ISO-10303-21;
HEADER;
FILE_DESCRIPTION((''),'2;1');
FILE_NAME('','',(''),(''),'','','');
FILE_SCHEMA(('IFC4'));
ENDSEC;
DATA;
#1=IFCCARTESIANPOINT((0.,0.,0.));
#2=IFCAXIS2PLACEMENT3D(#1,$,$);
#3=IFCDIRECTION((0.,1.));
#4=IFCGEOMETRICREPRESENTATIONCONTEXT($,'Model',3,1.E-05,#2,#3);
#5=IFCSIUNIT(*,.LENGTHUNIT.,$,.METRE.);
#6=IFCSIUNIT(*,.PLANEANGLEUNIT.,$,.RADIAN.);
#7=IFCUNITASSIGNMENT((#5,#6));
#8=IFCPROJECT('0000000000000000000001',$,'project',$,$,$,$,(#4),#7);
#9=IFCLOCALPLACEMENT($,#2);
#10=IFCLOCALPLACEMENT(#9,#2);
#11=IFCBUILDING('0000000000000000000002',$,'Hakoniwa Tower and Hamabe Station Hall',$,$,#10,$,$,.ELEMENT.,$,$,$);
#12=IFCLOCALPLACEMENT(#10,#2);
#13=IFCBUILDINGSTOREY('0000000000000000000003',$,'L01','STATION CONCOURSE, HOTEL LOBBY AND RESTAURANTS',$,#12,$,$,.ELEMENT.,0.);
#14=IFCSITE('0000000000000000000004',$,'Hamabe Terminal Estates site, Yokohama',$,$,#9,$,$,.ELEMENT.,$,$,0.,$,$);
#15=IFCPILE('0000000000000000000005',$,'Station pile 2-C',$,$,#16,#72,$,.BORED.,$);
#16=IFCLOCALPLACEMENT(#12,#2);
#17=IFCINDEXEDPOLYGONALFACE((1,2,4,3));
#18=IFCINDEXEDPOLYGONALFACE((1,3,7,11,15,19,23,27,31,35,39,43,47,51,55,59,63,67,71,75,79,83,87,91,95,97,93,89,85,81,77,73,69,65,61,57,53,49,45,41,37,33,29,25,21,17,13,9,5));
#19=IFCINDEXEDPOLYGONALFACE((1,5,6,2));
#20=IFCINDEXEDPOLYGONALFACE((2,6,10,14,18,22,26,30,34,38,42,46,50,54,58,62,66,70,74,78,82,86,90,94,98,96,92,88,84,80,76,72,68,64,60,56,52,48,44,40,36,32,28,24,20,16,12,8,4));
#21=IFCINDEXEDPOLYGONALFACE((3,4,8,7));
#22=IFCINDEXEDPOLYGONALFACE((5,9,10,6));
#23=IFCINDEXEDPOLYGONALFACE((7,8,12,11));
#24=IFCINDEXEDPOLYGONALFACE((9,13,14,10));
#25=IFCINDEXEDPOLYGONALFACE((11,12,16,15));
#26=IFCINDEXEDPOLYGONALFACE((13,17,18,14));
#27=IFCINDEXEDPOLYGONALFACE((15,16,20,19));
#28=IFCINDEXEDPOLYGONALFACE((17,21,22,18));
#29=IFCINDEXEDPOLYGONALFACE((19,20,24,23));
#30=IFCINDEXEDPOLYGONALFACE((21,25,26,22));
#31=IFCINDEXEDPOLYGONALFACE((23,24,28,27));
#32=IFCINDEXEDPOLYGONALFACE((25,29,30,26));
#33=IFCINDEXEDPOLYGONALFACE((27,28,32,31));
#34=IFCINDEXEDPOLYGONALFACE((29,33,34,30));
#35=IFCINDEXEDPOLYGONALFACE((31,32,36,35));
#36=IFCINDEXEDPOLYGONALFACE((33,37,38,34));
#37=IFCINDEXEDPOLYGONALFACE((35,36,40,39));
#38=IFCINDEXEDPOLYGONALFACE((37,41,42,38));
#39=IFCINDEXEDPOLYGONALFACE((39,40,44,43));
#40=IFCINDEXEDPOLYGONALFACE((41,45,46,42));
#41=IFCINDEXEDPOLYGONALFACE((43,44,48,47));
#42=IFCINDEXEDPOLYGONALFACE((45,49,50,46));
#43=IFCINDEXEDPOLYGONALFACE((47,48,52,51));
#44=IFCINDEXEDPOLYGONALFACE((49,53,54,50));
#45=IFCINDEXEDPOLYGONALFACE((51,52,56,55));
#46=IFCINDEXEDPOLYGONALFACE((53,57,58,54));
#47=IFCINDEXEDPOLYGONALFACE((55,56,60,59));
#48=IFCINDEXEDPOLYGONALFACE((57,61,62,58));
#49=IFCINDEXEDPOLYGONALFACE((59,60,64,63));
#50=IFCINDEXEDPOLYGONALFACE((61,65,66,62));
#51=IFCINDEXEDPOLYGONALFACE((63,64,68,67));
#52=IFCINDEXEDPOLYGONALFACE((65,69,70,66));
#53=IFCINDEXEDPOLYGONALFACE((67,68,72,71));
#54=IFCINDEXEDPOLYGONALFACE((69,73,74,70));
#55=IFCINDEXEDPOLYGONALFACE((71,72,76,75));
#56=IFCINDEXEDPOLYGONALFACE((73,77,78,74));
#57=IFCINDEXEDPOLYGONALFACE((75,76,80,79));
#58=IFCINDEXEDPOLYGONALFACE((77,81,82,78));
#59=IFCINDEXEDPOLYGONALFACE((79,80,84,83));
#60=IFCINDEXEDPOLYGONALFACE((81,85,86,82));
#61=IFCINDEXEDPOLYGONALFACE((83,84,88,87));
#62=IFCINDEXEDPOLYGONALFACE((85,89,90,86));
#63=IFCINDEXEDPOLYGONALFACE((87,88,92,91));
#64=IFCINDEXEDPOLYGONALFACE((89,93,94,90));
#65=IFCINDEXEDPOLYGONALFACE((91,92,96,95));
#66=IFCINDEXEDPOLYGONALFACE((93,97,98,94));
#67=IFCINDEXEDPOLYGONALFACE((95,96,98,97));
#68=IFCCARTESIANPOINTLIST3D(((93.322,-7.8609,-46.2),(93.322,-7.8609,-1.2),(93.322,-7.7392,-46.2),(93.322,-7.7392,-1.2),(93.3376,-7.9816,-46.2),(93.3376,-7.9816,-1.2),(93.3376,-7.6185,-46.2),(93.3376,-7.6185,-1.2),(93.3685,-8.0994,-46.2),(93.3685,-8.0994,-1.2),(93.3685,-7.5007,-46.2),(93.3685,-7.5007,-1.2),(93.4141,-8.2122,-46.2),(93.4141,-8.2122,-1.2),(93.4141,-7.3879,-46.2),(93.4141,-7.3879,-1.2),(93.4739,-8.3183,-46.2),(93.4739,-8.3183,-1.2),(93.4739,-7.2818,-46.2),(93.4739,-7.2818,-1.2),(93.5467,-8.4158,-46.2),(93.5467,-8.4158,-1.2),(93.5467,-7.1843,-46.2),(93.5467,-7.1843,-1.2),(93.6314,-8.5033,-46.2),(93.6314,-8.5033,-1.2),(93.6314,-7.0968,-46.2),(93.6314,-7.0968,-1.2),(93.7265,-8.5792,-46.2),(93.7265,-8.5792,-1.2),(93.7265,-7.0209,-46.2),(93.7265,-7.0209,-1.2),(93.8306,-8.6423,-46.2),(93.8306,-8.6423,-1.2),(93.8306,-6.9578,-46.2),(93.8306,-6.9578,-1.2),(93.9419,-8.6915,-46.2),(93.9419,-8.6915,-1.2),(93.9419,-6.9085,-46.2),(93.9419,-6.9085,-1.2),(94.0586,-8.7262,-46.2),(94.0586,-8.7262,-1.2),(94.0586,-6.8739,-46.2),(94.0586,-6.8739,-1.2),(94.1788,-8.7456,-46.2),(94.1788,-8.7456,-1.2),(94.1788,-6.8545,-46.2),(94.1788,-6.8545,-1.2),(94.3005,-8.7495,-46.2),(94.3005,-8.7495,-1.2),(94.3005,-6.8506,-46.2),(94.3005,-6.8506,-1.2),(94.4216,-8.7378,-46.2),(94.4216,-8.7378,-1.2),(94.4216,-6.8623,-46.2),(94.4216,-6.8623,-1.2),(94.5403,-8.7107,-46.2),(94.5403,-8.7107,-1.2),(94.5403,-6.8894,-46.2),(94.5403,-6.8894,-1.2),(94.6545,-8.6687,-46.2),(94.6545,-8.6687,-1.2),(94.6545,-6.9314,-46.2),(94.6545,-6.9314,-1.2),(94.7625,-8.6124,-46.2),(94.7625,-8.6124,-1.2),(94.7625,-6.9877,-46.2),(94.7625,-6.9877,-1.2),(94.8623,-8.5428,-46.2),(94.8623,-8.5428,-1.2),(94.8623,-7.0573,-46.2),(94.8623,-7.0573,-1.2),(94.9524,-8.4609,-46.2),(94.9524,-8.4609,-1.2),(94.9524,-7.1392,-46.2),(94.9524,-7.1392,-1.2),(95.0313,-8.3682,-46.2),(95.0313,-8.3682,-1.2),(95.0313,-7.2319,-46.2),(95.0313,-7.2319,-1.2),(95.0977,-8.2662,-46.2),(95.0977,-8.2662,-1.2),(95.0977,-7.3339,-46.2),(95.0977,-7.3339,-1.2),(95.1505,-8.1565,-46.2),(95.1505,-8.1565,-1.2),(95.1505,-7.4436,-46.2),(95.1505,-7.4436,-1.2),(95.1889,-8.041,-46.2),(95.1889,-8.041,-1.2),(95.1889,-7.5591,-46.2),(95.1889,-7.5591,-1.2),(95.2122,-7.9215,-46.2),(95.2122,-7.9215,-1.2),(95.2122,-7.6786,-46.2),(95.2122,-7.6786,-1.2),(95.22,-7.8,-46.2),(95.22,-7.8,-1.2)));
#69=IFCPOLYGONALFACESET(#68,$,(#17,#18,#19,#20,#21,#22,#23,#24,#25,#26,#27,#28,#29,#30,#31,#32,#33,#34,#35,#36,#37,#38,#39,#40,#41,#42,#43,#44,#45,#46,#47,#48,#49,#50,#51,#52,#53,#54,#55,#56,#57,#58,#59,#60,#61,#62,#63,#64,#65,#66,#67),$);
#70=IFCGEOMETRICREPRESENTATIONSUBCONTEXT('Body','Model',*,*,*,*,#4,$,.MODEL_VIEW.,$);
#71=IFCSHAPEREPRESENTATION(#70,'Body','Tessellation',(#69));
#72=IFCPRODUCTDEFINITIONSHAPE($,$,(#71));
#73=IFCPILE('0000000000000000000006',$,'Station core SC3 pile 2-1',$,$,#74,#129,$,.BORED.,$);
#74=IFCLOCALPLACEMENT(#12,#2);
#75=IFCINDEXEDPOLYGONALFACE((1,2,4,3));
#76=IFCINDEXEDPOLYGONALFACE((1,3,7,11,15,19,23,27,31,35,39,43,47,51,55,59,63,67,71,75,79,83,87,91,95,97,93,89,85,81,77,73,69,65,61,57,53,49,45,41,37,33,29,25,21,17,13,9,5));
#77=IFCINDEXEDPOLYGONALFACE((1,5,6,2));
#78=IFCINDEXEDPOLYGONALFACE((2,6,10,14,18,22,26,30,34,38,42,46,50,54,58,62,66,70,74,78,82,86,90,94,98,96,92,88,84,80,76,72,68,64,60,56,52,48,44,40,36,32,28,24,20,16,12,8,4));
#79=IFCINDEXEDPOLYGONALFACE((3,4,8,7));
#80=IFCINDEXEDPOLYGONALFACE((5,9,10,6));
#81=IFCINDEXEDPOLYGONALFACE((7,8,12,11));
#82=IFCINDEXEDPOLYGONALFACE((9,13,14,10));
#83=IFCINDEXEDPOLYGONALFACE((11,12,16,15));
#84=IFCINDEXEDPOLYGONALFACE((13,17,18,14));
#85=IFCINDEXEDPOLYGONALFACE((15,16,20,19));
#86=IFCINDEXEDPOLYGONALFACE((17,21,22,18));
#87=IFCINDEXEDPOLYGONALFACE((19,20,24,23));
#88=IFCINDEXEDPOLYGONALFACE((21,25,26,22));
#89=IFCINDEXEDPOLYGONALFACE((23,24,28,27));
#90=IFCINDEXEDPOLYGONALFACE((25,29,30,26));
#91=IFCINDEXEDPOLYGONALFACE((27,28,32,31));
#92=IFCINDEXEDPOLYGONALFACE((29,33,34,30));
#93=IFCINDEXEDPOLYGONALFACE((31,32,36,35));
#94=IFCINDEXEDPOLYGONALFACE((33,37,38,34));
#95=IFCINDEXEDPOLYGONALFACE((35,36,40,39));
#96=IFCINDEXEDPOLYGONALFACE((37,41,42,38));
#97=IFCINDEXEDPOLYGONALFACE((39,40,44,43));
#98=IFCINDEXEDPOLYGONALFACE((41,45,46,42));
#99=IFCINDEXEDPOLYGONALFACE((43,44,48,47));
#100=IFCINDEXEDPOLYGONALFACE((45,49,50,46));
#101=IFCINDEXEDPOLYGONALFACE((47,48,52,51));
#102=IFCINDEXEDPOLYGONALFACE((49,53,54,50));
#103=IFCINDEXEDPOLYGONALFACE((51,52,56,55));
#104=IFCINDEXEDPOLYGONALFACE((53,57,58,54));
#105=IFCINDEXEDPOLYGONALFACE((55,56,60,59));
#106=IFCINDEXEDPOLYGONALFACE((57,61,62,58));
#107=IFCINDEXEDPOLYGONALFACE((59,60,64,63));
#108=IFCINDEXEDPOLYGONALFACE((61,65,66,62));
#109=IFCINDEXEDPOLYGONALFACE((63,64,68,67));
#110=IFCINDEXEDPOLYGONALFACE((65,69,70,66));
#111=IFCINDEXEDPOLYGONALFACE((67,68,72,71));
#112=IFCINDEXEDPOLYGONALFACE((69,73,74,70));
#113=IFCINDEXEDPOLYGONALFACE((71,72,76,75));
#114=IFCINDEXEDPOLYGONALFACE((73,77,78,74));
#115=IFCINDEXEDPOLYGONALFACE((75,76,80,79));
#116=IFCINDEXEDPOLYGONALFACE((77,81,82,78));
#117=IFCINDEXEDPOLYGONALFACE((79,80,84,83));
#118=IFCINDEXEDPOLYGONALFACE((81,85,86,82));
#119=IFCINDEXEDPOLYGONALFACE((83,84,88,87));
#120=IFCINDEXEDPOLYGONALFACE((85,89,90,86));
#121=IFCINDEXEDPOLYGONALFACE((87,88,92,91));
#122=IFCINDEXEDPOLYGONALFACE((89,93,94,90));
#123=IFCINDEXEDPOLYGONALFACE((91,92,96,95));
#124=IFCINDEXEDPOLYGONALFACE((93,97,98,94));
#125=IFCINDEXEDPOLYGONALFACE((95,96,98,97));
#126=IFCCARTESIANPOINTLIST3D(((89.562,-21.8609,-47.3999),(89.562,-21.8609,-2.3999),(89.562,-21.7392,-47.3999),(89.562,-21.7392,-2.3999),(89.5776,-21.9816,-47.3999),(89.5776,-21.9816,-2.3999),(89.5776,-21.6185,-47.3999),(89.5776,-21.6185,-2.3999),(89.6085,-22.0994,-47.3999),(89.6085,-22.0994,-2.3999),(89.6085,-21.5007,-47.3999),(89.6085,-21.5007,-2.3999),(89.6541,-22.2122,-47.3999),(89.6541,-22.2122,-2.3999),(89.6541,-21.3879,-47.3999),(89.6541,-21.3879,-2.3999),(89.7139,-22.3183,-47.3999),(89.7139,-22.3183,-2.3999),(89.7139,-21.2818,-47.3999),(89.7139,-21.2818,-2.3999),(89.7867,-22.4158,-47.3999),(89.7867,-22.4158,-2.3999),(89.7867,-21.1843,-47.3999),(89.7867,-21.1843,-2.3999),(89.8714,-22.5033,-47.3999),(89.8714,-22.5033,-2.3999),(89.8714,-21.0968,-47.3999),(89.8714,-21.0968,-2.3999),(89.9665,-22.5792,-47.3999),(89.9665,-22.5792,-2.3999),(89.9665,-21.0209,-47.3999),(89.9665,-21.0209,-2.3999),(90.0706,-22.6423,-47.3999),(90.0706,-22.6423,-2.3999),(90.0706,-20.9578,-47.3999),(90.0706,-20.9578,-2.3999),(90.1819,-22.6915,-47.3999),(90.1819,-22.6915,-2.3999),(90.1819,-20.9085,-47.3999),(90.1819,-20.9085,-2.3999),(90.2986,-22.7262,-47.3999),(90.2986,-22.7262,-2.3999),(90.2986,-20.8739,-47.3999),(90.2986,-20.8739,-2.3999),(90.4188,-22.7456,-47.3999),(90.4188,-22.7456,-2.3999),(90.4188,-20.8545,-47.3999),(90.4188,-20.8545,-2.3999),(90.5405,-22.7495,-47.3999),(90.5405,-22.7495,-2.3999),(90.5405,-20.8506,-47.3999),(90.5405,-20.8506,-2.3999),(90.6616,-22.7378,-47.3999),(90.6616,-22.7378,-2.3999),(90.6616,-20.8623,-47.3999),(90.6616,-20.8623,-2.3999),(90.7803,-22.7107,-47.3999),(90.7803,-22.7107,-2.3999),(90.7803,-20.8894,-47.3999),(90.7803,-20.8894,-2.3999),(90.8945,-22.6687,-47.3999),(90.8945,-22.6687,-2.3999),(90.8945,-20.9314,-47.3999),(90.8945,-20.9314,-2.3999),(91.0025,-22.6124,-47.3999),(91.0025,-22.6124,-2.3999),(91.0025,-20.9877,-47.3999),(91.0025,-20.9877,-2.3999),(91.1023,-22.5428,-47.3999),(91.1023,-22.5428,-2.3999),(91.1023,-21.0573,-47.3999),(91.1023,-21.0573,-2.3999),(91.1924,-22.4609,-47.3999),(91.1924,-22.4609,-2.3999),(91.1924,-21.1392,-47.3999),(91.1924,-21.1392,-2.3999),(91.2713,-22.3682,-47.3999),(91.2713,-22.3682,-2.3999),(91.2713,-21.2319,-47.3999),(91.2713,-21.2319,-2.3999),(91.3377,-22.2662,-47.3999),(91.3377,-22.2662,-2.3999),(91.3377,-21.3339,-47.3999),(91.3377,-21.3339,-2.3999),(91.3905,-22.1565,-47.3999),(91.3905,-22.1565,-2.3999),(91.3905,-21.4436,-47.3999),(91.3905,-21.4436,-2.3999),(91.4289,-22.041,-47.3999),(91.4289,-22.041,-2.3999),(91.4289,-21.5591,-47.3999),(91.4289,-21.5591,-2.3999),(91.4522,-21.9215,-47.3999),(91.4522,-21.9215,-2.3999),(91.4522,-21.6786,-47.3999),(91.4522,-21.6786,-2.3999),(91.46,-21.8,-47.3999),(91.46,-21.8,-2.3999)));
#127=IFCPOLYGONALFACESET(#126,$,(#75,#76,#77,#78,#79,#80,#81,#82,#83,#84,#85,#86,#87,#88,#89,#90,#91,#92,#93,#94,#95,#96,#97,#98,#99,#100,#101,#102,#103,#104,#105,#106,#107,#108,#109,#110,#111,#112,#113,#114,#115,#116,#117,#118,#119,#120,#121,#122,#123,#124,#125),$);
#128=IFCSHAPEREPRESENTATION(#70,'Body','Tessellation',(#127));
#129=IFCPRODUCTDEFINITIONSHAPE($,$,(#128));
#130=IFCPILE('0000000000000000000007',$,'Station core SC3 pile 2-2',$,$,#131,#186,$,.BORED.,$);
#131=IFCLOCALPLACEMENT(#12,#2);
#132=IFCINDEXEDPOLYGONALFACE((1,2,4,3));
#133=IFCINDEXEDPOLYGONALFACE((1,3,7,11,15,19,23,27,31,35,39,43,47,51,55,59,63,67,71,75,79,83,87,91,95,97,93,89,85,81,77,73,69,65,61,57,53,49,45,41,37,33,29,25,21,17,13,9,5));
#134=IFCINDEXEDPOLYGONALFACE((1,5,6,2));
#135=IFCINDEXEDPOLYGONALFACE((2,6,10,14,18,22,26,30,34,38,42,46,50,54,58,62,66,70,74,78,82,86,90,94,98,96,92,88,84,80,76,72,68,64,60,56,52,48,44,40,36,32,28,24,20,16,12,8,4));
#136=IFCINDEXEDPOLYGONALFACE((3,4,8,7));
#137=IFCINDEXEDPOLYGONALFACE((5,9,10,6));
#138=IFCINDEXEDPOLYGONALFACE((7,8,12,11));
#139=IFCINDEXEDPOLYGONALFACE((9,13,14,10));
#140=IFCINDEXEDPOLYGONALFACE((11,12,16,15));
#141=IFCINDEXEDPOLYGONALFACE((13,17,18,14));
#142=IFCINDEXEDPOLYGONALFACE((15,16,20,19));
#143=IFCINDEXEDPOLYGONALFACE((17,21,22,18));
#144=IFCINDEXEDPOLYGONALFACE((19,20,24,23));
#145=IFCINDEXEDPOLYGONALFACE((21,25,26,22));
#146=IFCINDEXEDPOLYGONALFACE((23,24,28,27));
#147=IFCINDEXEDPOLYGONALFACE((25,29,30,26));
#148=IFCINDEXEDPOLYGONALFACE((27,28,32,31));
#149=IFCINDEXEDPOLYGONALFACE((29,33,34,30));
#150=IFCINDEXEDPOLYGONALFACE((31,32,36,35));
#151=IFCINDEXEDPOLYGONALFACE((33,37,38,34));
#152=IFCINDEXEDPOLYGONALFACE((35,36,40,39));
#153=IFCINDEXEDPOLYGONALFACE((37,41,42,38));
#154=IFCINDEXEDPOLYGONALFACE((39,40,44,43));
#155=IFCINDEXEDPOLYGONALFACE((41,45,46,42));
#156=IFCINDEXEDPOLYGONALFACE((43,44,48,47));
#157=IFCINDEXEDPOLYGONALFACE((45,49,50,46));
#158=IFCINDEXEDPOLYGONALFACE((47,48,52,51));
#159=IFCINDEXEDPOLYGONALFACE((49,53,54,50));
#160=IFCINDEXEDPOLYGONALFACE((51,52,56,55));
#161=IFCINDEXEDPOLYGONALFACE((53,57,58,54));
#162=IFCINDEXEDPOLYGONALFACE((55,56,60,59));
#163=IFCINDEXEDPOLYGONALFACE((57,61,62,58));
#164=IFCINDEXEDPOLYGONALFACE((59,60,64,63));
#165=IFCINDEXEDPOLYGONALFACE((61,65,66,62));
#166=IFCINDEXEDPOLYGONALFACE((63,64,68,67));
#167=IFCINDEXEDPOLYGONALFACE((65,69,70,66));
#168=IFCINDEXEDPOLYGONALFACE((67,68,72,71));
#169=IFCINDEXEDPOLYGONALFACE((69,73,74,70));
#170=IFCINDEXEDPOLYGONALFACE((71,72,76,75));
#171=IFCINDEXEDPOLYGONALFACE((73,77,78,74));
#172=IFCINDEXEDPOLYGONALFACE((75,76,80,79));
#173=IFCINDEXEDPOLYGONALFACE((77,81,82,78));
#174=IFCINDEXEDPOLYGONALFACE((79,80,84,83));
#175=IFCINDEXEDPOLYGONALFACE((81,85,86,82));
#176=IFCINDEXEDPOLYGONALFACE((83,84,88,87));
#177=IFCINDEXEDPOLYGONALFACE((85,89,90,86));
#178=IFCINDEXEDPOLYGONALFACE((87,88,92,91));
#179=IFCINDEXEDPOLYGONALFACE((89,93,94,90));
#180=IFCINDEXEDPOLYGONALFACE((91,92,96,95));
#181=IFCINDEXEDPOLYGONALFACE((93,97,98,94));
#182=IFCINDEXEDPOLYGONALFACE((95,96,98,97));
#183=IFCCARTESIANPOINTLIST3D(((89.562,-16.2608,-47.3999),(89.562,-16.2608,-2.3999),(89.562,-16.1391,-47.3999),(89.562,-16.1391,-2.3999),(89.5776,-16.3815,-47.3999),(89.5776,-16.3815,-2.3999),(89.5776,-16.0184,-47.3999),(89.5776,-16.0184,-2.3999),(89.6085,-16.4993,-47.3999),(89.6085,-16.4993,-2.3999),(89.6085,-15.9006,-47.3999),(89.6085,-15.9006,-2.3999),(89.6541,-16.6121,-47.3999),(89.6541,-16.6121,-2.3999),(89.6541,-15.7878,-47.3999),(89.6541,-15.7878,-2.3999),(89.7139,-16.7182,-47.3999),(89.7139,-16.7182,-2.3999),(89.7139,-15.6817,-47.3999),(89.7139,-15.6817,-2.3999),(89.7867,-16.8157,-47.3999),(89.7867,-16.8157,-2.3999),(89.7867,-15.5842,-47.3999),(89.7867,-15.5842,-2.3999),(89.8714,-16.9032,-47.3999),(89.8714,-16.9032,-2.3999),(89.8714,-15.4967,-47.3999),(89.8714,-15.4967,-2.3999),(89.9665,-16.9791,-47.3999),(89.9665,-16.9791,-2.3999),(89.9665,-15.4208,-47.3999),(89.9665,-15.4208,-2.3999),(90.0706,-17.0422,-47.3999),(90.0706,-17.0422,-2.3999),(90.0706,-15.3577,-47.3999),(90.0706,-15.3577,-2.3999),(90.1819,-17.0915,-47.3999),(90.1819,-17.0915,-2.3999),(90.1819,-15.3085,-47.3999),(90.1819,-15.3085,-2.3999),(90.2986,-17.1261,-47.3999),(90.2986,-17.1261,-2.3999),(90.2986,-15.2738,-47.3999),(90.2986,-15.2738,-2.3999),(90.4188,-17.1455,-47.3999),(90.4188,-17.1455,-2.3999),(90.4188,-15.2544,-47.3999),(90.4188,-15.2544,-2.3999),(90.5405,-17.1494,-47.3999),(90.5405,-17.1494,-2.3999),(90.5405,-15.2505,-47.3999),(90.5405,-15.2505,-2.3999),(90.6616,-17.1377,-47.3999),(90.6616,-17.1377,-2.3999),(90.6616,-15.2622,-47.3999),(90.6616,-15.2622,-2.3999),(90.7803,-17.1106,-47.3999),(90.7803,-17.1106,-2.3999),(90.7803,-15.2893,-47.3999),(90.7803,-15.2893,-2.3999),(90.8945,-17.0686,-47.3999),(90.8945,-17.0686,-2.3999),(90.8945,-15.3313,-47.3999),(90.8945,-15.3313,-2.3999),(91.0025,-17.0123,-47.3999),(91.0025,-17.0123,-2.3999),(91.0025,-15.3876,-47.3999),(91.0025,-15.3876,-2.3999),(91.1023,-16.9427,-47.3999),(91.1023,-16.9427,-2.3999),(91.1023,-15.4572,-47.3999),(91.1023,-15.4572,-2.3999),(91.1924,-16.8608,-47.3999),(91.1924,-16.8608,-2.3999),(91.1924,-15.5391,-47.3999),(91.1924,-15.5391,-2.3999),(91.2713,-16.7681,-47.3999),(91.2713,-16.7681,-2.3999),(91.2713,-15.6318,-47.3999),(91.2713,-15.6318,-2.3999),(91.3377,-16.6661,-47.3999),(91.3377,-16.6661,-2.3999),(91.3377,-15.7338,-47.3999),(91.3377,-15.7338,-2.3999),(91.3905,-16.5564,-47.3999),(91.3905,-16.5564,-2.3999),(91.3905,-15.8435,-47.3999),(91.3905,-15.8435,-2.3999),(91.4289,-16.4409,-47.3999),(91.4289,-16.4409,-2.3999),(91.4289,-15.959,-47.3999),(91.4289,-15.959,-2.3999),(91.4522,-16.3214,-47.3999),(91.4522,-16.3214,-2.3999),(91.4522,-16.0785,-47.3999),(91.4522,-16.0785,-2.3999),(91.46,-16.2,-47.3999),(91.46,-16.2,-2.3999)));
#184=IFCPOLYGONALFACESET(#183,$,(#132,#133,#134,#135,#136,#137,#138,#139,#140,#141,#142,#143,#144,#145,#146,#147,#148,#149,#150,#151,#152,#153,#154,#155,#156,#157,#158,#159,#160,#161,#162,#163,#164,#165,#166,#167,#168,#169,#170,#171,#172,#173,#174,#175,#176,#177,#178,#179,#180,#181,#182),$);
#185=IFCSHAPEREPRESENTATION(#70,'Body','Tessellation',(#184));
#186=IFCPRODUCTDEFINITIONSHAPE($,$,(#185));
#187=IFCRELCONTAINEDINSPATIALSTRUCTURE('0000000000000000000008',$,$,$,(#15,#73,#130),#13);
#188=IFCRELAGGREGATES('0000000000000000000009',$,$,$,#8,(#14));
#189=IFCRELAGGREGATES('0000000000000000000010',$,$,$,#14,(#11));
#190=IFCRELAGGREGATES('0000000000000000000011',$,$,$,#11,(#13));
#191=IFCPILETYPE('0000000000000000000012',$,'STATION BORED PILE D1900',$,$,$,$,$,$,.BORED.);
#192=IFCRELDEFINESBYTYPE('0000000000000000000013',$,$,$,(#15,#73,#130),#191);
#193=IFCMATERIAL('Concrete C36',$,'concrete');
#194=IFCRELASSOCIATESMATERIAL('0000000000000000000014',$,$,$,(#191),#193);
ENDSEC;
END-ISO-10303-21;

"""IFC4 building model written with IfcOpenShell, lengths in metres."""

from ifc_helpers import new_model, si_unit, direction, frame, origin, origin_2d, place, context, subcontext, project, spatial, circle, extrude, material, material_profile, profile_set, type_object, element, save


model = new_model("IFC4")

# Units and contexts
model_context = context("Model", 3, precision=1e-05, world=origin(), true_north=direction((0.0, 1.0)))
body_context = subcontext(model_context, "Body", "Model", "MODEL_VIEW")
ifc_project = project(units=[si_unit("LENGTHUNIT", "METRE"), si_unit("PLANEANGLEUNIT", "RADIAN")], contexts=[model_context])

# Site, building, storey
site_placement = place(None, origin())
site = spatial("IfcSite", under=ifc_project, at=site_placement, Name="Hamabe Terminal Estates site, Yokohama", CompositionType="ELEMENT", RefElevation=0.0)
building_placement = place(site_placement, origin())
building = spatial("IfcBuilding", under=site, at=building_placement, Name="Hakoniwa Tower and Hamabe Station Hall", CompositionType="ELEMENT")
storey_placement = place(building_placement, origin())
storey = spatial("IfcBuildingStorey", under=building, at=storey_placement, Name="L01", Description="STATION CONCOURSE, HOTEL LOBBY AND RESTAURANTS", CompositionType="ELEMENT", Elevation=0.0)

# Piles
ifc_material_1 = material(Name="Concrete C36", Category="concrete")
ifc_material_profile_1 = material_profile(ifc_material_1, circle(Radius=0.95, at=origin_2d()), Name="STATION BORED PILE D1900")
ifc_profile_set_1 = profile_set([ifc_material_profile_1], Name="Concrete C36")
pile_type = type_object("IfcPileType", Name="STATION BORED PILE D1900", PredefinedType="BORED", material=ifc_profile_set_1)
for number, where, z_axis, x_axis, name in (
    (1, (94.27, -7.8, -1.2), (0.0, 0.0, -1.0), (1.0, 0.0, 0.0), "Station pile 2-C"),
    (2, (90.51, -21.8, -2.3999), (0.0, 0.0, -1.0), (1.0, 0.0, 0.0), "Station core SC3 pile 2-1"),
    (3, (90.51, -16.2, -2.3999), (0.0, 0.0, -1.0), (1.0, 0.0, 0.0), "Station core SC3 pile 2-2"),
):
    element("IfcPile", number, at=place(storey_placement, frame(where, z_axis=z_axis, x_axis=x_axis)), inside=storey, type_object=pile_type, Name=name, PredefinedType="BORED", context=body_context, shape_type="SweptSolid", body=[
        extrude(circle(Radius=0.95, at=origin_2d()), origin(), (0.0, 0.0, 1.0), 45.0),
    ])

save(model, "model.ifc")
